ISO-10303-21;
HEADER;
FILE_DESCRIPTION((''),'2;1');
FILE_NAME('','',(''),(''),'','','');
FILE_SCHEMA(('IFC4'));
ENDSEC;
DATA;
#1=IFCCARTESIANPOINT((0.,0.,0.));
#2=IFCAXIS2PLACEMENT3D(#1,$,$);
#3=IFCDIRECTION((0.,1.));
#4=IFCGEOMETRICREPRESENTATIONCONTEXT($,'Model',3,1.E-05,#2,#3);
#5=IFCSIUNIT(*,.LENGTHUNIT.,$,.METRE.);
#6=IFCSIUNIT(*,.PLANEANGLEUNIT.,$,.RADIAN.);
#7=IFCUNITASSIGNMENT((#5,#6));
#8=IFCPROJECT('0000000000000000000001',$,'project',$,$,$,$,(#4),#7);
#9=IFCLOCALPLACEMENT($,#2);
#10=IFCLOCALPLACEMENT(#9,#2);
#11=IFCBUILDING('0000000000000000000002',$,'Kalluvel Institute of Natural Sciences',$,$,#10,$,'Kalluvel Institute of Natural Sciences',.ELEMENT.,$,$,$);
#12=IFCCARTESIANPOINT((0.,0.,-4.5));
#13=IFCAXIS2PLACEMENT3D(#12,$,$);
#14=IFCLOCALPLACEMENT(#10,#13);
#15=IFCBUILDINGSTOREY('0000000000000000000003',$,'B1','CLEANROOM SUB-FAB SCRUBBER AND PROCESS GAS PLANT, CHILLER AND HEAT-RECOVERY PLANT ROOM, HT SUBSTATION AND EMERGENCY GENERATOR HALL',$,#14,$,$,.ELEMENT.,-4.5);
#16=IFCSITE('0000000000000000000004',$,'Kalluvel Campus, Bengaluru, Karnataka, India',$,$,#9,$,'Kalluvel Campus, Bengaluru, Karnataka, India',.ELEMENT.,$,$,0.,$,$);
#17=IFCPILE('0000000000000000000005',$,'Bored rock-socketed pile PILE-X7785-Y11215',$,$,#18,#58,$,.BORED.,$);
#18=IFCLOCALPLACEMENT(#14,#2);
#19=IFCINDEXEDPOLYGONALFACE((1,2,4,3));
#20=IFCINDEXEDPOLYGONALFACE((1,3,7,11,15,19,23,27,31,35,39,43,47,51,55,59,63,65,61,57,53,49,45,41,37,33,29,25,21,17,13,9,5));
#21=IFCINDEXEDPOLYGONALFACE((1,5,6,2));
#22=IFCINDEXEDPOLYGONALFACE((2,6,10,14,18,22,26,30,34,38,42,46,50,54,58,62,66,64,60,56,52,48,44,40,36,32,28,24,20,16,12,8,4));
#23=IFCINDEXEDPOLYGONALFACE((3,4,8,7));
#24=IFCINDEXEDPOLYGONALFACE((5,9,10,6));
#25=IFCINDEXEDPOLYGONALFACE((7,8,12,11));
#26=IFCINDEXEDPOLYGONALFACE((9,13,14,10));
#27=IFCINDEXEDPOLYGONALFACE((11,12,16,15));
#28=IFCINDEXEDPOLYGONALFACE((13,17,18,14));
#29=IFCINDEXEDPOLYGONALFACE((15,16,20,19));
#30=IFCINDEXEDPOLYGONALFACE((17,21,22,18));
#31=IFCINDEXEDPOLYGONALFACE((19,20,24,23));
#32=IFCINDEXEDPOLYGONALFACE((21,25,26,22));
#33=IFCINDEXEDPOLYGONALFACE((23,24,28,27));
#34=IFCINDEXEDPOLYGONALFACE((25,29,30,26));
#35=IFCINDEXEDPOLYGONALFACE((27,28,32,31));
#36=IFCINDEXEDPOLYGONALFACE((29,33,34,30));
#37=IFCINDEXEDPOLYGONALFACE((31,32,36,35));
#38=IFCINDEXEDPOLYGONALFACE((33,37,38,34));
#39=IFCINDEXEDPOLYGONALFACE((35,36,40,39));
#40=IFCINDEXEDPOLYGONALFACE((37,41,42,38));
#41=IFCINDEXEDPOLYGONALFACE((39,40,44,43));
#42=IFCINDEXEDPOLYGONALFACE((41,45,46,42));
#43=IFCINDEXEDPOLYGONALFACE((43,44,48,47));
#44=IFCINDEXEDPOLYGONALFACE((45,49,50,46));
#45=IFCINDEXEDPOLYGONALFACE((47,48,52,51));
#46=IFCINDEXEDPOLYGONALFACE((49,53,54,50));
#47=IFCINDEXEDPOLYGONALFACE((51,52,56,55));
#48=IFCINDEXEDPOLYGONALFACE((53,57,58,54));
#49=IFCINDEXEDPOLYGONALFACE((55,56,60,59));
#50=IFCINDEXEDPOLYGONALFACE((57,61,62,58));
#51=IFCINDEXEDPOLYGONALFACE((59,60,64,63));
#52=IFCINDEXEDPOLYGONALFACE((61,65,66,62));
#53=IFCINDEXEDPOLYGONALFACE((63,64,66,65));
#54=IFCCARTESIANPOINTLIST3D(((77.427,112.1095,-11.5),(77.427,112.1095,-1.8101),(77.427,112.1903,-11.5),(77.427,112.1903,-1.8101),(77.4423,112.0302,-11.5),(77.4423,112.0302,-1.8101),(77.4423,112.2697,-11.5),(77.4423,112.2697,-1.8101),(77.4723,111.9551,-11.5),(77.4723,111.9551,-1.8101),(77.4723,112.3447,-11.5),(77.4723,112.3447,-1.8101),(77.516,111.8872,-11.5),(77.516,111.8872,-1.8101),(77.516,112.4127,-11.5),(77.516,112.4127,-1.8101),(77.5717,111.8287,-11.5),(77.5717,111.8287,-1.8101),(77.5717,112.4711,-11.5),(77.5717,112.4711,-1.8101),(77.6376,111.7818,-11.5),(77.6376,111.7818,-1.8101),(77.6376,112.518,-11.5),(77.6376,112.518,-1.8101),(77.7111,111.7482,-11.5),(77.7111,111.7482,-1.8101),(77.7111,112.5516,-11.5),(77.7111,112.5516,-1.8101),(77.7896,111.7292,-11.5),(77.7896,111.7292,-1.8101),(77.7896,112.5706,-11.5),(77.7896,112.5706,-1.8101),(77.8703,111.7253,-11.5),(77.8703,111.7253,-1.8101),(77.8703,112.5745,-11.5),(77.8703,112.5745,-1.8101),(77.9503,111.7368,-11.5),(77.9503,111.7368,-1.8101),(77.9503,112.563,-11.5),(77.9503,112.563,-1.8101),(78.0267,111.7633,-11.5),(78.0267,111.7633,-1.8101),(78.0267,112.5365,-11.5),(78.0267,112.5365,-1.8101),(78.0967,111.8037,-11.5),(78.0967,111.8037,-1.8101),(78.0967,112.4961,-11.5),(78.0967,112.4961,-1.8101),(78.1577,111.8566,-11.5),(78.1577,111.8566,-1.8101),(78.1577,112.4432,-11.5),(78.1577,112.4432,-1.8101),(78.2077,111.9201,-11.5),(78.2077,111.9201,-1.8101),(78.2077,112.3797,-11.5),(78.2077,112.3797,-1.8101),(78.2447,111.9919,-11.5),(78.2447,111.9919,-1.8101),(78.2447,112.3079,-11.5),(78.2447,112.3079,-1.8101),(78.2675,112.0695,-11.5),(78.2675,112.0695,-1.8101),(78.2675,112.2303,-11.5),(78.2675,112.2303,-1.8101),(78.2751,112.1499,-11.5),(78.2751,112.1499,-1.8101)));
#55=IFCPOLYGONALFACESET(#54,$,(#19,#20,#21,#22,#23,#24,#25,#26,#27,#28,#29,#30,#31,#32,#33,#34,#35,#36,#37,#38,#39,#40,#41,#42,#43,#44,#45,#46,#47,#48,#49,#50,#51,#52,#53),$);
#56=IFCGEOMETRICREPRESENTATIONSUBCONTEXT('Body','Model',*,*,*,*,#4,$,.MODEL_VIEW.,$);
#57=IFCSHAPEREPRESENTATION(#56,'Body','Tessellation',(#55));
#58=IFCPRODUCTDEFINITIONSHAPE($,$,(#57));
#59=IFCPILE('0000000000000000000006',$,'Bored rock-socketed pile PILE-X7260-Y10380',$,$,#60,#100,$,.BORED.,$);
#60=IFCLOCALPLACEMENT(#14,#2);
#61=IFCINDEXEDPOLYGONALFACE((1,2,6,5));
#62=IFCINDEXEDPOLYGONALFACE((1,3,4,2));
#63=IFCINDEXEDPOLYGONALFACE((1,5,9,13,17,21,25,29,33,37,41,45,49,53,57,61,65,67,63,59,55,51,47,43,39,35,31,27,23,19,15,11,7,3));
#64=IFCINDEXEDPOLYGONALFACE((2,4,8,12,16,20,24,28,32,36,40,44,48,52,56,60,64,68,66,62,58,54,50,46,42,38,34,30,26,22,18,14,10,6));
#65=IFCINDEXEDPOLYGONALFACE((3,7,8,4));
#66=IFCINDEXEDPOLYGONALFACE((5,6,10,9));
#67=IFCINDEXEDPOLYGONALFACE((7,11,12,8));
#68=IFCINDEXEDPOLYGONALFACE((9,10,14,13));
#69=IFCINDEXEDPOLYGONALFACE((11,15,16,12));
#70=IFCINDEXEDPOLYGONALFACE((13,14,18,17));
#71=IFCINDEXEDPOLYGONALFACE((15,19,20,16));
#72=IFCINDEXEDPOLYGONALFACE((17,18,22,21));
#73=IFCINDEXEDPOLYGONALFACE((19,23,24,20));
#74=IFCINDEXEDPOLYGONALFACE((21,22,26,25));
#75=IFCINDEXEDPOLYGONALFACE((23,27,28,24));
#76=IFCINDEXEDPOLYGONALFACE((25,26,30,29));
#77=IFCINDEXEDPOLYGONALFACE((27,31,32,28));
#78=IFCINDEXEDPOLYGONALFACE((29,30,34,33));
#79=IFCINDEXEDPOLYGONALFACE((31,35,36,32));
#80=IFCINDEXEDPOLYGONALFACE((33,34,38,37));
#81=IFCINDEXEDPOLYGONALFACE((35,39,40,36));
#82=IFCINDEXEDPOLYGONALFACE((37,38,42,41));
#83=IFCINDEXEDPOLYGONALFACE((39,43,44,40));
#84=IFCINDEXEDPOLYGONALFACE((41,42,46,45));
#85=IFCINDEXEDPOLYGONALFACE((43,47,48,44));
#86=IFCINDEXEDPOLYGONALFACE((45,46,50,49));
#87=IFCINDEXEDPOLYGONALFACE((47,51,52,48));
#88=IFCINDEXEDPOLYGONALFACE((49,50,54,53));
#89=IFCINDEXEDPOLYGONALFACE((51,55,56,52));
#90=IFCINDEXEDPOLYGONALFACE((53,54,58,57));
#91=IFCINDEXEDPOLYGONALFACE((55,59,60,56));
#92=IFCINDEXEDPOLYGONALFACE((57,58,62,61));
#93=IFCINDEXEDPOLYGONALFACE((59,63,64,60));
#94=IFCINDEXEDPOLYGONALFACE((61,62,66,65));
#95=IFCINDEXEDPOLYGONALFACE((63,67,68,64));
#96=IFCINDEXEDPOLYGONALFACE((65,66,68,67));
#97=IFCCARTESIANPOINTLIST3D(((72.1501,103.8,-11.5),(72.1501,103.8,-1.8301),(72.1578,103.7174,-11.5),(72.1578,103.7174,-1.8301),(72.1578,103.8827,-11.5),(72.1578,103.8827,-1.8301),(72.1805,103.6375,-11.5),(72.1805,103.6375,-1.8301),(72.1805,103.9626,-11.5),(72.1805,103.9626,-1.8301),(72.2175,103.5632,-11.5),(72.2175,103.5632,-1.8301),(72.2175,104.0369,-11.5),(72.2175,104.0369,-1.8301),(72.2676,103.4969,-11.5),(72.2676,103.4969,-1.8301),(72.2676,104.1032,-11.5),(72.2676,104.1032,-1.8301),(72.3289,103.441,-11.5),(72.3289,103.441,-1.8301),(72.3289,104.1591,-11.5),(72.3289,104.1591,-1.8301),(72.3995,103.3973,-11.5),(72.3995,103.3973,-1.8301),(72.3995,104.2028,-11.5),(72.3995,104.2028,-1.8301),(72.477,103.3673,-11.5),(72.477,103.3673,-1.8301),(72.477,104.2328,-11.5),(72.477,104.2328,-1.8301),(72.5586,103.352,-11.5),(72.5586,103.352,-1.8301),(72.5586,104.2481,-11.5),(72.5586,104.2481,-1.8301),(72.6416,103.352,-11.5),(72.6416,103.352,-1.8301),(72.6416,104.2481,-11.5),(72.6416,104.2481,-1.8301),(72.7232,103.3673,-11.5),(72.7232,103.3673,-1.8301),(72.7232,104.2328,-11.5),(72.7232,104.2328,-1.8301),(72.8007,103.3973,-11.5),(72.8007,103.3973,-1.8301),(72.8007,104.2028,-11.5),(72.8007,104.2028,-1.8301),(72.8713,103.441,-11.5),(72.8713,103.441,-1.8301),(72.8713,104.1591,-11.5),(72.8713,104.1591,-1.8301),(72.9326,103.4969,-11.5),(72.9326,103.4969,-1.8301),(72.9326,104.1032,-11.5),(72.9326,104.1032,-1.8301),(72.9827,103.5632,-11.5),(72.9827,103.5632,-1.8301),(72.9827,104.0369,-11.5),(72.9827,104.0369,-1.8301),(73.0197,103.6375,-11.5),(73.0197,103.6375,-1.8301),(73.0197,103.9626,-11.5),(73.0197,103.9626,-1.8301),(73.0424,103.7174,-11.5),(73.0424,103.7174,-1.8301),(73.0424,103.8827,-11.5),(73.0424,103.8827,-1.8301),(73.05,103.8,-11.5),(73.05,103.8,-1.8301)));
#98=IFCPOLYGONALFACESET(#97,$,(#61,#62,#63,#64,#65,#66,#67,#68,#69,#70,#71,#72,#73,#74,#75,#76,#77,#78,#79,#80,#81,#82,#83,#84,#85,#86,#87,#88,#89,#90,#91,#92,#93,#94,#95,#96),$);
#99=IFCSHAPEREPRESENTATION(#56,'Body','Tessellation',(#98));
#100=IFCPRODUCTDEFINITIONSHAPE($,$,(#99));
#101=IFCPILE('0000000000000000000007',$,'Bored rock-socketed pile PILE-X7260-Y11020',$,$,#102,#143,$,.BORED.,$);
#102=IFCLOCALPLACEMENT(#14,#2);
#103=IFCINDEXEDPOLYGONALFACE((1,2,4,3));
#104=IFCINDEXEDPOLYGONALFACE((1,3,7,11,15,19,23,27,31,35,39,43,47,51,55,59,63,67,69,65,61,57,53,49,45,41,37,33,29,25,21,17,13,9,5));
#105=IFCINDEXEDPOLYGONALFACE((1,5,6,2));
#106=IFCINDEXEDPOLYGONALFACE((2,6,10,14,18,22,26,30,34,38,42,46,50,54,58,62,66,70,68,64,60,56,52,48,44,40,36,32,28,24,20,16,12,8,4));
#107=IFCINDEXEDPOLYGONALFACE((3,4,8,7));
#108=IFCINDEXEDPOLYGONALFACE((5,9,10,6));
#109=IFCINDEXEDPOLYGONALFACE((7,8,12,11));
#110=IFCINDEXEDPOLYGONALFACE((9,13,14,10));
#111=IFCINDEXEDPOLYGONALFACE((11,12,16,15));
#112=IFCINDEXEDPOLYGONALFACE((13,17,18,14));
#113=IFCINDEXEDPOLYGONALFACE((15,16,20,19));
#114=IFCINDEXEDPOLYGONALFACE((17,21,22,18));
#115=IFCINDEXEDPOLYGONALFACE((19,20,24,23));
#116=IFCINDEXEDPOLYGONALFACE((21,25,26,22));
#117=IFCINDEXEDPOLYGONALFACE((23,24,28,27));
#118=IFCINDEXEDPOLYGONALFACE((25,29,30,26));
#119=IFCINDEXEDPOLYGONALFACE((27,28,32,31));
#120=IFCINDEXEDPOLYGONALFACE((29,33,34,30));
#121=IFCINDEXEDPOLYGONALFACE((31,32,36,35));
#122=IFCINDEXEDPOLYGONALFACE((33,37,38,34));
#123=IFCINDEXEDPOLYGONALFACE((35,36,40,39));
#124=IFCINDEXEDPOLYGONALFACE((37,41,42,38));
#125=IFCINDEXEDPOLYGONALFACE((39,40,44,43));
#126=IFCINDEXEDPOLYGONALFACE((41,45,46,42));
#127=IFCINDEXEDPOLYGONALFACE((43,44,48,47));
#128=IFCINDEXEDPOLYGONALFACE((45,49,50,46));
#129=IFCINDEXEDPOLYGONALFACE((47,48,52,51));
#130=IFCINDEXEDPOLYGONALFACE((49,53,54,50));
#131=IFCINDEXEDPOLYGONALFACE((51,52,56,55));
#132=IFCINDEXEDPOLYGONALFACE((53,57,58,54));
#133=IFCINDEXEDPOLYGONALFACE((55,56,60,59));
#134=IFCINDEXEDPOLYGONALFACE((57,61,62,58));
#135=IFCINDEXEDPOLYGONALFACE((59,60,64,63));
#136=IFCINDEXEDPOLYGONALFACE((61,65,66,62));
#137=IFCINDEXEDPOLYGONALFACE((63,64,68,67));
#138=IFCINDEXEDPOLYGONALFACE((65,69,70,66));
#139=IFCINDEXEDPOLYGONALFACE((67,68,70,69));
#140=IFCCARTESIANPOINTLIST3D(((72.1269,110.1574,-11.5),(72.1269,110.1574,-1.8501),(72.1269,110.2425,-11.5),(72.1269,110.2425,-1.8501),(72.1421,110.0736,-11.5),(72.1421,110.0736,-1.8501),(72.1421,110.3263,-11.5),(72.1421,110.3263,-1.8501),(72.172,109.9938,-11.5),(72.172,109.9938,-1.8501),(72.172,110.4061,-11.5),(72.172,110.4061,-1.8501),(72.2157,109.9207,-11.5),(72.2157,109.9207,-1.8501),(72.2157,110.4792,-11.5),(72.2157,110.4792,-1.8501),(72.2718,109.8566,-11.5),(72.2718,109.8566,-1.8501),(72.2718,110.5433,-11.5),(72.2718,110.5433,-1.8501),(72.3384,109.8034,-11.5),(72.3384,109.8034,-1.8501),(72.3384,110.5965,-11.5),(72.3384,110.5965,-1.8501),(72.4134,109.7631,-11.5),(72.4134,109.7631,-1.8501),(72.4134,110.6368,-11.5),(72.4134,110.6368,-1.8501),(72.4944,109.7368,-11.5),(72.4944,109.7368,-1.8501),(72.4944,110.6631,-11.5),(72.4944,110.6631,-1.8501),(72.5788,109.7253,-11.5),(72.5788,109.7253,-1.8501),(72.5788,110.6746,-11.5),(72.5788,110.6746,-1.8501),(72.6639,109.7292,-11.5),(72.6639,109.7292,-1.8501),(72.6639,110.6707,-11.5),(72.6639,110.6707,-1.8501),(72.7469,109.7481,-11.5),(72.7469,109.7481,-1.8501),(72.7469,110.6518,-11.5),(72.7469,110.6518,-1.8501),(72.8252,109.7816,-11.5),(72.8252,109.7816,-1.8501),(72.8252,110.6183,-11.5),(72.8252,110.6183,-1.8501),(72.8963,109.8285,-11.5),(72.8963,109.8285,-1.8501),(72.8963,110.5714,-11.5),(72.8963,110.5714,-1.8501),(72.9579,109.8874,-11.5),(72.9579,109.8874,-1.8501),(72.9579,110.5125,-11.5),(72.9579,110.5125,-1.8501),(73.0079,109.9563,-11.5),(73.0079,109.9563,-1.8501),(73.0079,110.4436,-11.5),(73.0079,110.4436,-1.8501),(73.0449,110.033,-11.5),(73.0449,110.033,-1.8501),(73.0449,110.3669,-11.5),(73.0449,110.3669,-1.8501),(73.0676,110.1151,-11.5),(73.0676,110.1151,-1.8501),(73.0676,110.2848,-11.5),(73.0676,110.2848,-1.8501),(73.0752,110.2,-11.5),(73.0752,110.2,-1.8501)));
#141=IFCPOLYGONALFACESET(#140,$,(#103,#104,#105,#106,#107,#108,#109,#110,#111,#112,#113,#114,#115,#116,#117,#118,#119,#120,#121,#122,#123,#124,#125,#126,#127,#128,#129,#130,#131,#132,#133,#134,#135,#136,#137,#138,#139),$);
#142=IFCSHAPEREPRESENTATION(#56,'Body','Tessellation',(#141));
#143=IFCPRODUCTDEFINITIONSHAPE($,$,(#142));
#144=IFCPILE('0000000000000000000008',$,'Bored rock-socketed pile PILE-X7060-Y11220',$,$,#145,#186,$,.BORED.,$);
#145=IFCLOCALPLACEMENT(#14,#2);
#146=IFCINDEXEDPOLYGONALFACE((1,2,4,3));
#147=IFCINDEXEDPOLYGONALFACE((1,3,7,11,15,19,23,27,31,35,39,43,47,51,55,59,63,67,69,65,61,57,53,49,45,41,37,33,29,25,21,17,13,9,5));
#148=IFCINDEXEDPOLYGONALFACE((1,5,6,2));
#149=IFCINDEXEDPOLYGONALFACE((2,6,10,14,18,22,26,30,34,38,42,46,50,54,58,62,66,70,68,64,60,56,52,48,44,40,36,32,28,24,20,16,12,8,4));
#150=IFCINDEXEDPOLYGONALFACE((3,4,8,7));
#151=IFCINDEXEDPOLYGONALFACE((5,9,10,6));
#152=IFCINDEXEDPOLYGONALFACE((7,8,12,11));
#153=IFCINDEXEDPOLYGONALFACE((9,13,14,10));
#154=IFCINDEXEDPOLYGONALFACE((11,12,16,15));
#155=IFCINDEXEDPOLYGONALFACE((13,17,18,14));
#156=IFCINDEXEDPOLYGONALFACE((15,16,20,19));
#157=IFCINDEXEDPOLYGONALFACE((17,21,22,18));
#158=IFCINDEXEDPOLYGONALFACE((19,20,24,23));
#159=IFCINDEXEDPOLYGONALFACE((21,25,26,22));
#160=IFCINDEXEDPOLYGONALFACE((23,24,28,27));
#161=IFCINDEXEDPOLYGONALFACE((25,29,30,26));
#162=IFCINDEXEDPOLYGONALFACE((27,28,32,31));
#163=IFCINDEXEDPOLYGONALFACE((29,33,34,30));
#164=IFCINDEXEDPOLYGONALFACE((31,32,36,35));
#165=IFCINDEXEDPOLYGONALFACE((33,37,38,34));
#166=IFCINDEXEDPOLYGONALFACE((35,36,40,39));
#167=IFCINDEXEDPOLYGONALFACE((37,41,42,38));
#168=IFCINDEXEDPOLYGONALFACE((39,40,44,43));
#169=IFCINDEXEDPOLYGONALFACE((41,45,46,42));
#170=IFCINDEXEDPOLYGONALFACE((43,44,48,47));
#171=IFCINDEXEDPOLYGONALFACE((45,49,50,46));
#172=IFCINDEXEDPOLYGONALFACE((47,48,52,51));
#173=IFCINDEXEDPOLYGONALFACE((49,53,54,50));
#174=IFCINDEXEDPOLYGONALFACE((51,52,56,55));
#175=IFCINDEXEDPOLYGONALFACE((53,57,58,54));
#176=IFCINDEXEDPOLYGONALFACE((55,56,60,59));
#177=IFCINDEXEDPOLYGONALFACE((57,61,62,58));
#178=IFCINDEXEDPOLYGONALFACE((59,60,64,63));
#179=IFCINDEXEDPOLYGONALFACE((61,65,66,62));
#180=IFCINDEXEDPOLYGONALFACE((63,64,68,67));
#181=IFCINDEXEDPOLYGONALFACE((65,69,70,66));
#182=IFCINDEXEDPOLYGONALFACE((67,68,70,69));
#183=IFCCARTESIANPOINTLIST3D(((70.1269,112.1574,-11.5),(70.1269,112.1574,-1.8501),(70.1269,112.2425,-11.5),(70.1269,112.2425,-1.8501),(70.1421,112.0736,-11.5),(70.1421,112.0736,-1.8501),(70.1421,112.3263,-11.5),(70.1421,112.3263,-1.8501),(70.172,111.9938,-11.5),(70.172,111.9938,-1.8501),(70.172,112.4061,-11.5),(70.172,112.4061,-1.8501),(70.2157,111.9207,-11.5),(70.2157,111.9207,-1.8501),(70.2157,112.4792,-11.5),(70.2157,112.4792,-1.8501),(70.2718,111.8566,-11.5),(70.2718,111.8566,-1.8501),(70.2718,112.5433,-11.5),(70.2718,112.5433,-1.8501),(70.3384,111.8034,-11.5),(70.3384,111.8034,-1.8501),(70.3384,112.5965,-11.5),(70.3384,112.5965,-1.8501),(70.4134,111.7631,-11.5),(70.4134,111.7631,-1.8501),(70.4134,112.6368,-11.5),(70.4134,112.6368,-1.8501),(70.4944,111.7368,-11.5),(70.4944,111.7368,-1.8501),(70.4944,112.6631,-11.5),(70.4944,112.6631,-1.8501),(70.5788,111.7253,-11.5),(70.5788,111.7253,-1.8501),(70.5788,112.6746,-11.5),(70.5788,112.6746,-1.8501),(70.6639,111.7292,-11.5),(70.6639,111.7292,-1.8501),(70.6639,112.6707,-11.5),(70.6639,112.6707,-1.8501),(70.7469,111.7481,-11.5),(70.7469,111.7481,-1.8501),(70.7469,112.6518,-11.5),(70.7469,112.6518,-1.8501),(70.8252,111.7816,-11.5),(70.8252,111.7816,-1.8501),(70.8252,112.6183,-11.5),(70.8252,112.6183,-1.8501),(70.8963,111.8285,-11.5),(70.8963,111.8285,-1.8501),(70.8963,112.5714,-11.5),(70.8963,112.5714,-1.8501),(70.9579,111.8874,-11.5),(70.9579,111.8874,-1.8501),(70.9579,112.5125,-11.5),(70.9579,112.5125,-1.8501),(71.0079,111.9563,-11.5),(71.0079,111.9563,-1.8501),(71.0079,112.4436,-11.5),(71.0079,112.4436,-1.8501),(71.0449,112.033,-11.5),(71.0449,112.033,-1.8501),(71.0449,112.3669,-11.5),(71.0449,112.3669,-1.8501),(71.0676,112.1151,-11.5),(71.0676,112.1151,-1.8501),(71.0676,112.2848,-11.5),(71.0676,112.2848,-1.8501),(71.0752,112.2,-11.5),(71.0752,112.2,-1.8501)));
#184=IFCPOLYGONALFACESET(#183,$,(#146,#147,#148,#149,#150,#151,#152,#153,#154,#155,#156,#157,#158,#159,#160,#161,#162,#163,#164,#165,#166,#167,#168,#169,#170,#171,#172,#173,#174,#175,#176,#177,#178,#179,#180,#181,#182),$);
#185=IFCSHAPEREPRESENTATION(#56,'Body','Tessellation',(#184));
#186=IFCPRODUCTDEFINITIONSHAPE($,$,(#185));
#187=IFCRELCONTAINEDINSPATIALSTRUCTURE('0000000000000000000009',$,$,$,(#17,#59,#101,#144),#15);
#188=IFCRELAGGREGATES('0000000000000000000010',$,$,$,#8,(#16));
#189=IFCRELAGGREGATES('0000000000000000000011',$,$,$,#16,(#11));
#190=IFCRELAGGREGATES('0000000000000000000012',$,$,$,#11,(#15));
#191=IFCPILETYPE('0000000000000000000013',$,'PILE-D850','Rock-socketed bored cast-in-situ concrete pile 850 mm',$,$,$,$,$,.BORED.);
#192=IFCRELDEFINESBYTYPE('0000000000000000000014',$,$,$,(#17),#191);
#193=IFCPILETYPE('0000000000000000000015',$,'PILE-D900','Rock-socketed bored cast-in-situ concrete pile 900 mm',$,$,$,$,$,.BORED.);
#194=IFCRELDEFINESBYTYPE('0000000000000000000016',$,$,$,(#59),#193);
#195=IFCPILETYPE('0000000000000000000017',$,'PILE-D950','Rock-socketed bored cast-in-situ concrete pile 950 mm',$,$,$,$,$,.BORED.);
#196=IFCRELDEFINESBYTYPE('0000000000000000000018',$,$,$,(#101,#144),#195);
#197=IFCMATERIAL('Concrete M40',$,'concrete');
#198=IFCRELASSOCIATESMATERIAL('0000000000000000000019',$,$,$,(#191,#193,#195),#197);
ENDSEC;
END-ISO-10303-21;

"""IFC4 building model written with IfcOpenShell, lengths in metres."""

from ifc_helpers import new_model, si_unit, direction, frame, origin, origin_2d, place, context, subcontext, project, spatial, circle, extrude, material, material_profile, profile_set, type_object, element, save


model = new_model("IFC4")

# Units and contexts
model_context = context("Model", 3, precision=1e-05, world=origin(), true_north=direction((0.0, 1.0)))
body_context = subcontext(model_context, "Body", "Model", "MODEL_VIEW")
ifc_project = project(units=[si_unit("LENGTHUNIT", "METRE"), si_unit("PLANEANGLEUNIT", "RADIAN")], contexts=[model_context])

# Site, building, storey
site_placement = place(None, origin())
site = spatial("IfcSite", under=ifc_project, at=site_placement, Name="Kalluvel Campus, Bengaluru, Karnataka, India", LongName="Kalluvel Campus, Bengaluru, Karnataka, India", CompositionType="ELEMENT", RefElevation=0.0)
building_placement = place(site_placement, origin())
building = spatial("IfcBuilding", under=site, at=building_placement, Name="Kalluvel Institute of Natural Sciences", LongName="Kalluvel Institute of Natural Sciences", CompositionType="ELEMENT")
storey_placement = place(building_placement, frame((0.0, 0.0, -4.5)))
storey = spatial("IfcBuildingStorey", under=building, at=storey_placement, Name="B1", Description="CLEANROOM SUB-FAB SCRUBBER AND PROCESS GAS PLANT, CHILLER AND HEAT-RECOVERY PLANT ROOM, HT SUBSTATION AND EMERGENCY GENERATOR HALL", CompositionType="ELEMENT", Elevation=-4.5)

# Shared definitions
ifc_material_1 = material(Name="Concrete M40", Category="concrete")

# Piles
ifc_material_profile_1 = material_profile(ifc_material_1, circle(Radius=0.425, at=origin_2d()), Name="PILE D850")
ifc_profile_set_1 = profile_set([ifc_material_profile_1], Name="Concrete M40")
pile_type_1 = type_object("IfcPileType", Name="PILE-D850", Description="Rock-socketed bored cast-in-situ concrete pile 850 mm", PredefinedType="BORED", material=ifc_profile_set_1)
for number, where, z_axis, x_axis, name in (
    (1, (77.8501, 112.1499, -1.8101), (0.0, 0.0, -1.0), (1.0, 0.0, 0.0), "Bored rock-socketed pile PILE-X7785-Y11215"),
):
    element("IfcPile", number, at=place(storey_placement, frame(where, z_axis=z_axis, x_axis=x_axis)), inside=storey, type_object=pile_type_1, Name=name, PredefinedType="BORED", context=body_context, shape_type="SweptSolid", body=[
        extrude(circle(Radius=0.425, at=origin_2d()), origin(), (0.0, 0.0, 1.0), 9.6899),
    ])
ifc_material_profile_2 = material_profile(ifc_material_1, circle(Radius=0.45, at=origin_2d()), Name="PILE D900")
ifc_profile_set_2 = profile_set([ifc_material_profile_2], Name="Concrete M40")
pile_type_2 = type_object("IfcPileType", Name="PILE-D900", Description="Rock-socketed bored cast-in-situ concrete pile 900 mm", PredefinedType="BORED", material=ifc_profile_set_2)
pile_1_placement = place(storey_placement, frame((72.6001, 103.8, -1.8301), z_axis=(0.0, 0.0, -1.0), x_axis=(1.0, 0.0, 0.0)))
element("IfcPile", 2, at=pile_1_placement, inside=storey, type_object=pile_type_2, Name="Bored rock-socketed pile PILE-X7260-Y10380", PredefinedType="BORED", context=body_context, shape_type="SweptSolid", body=[
    extrude(circle(Radius=0.45, at=origin_2d()), origin(), (0.0, 0.0, 1.0), 9.6699),
])
ifc_material_profile_3 = material_profile(ifc_material_1, circle(Radius=0.4751, at=origin_2d()), Name="PILE D950")
ifc_profile_set_3 = profile_set([ifc_material_profile_3], Name="Concrete M40")
pile_type_3 = type_object("IfcPileType", Name="PILE-D950", Description="Rock-socketed bored cast-in-situ concrete pile 950 mm", PredefinedType="BORED", material=ifc_profile_set_3)
for number, where, z_axis, x_axis, name in (
    (3, (72.6001, 110.2, -1.8501), (0.0, 0.0, -1.0), (1.0, 0.0, 0.0), "Bored rock-socketed pile PILE-X7260-Y11020"),
    (4, (70.6001, 112.2, -1.8501), (0.0, 0.0, -1.0), (1.0, 0.0, 0.0), "Bored rock-socketed pile PILE-X7060-Y11220"),
):
    element("IfcPile", number, at=place(storey_placement, frame(where, z_axis=z_axis, x_axis=x_axis)), inside=storey, type_object=pile_type_3, Name=name, PredefinedType="BORED", context=body_context, shape_type="SweptSolid", body=[
        extrude(circle(Radius=0.4751, at=origin_2d()), origin(), (0.0, 0.0, 1.0), 9.6499),
    ])

save(model, "model.ifc")
